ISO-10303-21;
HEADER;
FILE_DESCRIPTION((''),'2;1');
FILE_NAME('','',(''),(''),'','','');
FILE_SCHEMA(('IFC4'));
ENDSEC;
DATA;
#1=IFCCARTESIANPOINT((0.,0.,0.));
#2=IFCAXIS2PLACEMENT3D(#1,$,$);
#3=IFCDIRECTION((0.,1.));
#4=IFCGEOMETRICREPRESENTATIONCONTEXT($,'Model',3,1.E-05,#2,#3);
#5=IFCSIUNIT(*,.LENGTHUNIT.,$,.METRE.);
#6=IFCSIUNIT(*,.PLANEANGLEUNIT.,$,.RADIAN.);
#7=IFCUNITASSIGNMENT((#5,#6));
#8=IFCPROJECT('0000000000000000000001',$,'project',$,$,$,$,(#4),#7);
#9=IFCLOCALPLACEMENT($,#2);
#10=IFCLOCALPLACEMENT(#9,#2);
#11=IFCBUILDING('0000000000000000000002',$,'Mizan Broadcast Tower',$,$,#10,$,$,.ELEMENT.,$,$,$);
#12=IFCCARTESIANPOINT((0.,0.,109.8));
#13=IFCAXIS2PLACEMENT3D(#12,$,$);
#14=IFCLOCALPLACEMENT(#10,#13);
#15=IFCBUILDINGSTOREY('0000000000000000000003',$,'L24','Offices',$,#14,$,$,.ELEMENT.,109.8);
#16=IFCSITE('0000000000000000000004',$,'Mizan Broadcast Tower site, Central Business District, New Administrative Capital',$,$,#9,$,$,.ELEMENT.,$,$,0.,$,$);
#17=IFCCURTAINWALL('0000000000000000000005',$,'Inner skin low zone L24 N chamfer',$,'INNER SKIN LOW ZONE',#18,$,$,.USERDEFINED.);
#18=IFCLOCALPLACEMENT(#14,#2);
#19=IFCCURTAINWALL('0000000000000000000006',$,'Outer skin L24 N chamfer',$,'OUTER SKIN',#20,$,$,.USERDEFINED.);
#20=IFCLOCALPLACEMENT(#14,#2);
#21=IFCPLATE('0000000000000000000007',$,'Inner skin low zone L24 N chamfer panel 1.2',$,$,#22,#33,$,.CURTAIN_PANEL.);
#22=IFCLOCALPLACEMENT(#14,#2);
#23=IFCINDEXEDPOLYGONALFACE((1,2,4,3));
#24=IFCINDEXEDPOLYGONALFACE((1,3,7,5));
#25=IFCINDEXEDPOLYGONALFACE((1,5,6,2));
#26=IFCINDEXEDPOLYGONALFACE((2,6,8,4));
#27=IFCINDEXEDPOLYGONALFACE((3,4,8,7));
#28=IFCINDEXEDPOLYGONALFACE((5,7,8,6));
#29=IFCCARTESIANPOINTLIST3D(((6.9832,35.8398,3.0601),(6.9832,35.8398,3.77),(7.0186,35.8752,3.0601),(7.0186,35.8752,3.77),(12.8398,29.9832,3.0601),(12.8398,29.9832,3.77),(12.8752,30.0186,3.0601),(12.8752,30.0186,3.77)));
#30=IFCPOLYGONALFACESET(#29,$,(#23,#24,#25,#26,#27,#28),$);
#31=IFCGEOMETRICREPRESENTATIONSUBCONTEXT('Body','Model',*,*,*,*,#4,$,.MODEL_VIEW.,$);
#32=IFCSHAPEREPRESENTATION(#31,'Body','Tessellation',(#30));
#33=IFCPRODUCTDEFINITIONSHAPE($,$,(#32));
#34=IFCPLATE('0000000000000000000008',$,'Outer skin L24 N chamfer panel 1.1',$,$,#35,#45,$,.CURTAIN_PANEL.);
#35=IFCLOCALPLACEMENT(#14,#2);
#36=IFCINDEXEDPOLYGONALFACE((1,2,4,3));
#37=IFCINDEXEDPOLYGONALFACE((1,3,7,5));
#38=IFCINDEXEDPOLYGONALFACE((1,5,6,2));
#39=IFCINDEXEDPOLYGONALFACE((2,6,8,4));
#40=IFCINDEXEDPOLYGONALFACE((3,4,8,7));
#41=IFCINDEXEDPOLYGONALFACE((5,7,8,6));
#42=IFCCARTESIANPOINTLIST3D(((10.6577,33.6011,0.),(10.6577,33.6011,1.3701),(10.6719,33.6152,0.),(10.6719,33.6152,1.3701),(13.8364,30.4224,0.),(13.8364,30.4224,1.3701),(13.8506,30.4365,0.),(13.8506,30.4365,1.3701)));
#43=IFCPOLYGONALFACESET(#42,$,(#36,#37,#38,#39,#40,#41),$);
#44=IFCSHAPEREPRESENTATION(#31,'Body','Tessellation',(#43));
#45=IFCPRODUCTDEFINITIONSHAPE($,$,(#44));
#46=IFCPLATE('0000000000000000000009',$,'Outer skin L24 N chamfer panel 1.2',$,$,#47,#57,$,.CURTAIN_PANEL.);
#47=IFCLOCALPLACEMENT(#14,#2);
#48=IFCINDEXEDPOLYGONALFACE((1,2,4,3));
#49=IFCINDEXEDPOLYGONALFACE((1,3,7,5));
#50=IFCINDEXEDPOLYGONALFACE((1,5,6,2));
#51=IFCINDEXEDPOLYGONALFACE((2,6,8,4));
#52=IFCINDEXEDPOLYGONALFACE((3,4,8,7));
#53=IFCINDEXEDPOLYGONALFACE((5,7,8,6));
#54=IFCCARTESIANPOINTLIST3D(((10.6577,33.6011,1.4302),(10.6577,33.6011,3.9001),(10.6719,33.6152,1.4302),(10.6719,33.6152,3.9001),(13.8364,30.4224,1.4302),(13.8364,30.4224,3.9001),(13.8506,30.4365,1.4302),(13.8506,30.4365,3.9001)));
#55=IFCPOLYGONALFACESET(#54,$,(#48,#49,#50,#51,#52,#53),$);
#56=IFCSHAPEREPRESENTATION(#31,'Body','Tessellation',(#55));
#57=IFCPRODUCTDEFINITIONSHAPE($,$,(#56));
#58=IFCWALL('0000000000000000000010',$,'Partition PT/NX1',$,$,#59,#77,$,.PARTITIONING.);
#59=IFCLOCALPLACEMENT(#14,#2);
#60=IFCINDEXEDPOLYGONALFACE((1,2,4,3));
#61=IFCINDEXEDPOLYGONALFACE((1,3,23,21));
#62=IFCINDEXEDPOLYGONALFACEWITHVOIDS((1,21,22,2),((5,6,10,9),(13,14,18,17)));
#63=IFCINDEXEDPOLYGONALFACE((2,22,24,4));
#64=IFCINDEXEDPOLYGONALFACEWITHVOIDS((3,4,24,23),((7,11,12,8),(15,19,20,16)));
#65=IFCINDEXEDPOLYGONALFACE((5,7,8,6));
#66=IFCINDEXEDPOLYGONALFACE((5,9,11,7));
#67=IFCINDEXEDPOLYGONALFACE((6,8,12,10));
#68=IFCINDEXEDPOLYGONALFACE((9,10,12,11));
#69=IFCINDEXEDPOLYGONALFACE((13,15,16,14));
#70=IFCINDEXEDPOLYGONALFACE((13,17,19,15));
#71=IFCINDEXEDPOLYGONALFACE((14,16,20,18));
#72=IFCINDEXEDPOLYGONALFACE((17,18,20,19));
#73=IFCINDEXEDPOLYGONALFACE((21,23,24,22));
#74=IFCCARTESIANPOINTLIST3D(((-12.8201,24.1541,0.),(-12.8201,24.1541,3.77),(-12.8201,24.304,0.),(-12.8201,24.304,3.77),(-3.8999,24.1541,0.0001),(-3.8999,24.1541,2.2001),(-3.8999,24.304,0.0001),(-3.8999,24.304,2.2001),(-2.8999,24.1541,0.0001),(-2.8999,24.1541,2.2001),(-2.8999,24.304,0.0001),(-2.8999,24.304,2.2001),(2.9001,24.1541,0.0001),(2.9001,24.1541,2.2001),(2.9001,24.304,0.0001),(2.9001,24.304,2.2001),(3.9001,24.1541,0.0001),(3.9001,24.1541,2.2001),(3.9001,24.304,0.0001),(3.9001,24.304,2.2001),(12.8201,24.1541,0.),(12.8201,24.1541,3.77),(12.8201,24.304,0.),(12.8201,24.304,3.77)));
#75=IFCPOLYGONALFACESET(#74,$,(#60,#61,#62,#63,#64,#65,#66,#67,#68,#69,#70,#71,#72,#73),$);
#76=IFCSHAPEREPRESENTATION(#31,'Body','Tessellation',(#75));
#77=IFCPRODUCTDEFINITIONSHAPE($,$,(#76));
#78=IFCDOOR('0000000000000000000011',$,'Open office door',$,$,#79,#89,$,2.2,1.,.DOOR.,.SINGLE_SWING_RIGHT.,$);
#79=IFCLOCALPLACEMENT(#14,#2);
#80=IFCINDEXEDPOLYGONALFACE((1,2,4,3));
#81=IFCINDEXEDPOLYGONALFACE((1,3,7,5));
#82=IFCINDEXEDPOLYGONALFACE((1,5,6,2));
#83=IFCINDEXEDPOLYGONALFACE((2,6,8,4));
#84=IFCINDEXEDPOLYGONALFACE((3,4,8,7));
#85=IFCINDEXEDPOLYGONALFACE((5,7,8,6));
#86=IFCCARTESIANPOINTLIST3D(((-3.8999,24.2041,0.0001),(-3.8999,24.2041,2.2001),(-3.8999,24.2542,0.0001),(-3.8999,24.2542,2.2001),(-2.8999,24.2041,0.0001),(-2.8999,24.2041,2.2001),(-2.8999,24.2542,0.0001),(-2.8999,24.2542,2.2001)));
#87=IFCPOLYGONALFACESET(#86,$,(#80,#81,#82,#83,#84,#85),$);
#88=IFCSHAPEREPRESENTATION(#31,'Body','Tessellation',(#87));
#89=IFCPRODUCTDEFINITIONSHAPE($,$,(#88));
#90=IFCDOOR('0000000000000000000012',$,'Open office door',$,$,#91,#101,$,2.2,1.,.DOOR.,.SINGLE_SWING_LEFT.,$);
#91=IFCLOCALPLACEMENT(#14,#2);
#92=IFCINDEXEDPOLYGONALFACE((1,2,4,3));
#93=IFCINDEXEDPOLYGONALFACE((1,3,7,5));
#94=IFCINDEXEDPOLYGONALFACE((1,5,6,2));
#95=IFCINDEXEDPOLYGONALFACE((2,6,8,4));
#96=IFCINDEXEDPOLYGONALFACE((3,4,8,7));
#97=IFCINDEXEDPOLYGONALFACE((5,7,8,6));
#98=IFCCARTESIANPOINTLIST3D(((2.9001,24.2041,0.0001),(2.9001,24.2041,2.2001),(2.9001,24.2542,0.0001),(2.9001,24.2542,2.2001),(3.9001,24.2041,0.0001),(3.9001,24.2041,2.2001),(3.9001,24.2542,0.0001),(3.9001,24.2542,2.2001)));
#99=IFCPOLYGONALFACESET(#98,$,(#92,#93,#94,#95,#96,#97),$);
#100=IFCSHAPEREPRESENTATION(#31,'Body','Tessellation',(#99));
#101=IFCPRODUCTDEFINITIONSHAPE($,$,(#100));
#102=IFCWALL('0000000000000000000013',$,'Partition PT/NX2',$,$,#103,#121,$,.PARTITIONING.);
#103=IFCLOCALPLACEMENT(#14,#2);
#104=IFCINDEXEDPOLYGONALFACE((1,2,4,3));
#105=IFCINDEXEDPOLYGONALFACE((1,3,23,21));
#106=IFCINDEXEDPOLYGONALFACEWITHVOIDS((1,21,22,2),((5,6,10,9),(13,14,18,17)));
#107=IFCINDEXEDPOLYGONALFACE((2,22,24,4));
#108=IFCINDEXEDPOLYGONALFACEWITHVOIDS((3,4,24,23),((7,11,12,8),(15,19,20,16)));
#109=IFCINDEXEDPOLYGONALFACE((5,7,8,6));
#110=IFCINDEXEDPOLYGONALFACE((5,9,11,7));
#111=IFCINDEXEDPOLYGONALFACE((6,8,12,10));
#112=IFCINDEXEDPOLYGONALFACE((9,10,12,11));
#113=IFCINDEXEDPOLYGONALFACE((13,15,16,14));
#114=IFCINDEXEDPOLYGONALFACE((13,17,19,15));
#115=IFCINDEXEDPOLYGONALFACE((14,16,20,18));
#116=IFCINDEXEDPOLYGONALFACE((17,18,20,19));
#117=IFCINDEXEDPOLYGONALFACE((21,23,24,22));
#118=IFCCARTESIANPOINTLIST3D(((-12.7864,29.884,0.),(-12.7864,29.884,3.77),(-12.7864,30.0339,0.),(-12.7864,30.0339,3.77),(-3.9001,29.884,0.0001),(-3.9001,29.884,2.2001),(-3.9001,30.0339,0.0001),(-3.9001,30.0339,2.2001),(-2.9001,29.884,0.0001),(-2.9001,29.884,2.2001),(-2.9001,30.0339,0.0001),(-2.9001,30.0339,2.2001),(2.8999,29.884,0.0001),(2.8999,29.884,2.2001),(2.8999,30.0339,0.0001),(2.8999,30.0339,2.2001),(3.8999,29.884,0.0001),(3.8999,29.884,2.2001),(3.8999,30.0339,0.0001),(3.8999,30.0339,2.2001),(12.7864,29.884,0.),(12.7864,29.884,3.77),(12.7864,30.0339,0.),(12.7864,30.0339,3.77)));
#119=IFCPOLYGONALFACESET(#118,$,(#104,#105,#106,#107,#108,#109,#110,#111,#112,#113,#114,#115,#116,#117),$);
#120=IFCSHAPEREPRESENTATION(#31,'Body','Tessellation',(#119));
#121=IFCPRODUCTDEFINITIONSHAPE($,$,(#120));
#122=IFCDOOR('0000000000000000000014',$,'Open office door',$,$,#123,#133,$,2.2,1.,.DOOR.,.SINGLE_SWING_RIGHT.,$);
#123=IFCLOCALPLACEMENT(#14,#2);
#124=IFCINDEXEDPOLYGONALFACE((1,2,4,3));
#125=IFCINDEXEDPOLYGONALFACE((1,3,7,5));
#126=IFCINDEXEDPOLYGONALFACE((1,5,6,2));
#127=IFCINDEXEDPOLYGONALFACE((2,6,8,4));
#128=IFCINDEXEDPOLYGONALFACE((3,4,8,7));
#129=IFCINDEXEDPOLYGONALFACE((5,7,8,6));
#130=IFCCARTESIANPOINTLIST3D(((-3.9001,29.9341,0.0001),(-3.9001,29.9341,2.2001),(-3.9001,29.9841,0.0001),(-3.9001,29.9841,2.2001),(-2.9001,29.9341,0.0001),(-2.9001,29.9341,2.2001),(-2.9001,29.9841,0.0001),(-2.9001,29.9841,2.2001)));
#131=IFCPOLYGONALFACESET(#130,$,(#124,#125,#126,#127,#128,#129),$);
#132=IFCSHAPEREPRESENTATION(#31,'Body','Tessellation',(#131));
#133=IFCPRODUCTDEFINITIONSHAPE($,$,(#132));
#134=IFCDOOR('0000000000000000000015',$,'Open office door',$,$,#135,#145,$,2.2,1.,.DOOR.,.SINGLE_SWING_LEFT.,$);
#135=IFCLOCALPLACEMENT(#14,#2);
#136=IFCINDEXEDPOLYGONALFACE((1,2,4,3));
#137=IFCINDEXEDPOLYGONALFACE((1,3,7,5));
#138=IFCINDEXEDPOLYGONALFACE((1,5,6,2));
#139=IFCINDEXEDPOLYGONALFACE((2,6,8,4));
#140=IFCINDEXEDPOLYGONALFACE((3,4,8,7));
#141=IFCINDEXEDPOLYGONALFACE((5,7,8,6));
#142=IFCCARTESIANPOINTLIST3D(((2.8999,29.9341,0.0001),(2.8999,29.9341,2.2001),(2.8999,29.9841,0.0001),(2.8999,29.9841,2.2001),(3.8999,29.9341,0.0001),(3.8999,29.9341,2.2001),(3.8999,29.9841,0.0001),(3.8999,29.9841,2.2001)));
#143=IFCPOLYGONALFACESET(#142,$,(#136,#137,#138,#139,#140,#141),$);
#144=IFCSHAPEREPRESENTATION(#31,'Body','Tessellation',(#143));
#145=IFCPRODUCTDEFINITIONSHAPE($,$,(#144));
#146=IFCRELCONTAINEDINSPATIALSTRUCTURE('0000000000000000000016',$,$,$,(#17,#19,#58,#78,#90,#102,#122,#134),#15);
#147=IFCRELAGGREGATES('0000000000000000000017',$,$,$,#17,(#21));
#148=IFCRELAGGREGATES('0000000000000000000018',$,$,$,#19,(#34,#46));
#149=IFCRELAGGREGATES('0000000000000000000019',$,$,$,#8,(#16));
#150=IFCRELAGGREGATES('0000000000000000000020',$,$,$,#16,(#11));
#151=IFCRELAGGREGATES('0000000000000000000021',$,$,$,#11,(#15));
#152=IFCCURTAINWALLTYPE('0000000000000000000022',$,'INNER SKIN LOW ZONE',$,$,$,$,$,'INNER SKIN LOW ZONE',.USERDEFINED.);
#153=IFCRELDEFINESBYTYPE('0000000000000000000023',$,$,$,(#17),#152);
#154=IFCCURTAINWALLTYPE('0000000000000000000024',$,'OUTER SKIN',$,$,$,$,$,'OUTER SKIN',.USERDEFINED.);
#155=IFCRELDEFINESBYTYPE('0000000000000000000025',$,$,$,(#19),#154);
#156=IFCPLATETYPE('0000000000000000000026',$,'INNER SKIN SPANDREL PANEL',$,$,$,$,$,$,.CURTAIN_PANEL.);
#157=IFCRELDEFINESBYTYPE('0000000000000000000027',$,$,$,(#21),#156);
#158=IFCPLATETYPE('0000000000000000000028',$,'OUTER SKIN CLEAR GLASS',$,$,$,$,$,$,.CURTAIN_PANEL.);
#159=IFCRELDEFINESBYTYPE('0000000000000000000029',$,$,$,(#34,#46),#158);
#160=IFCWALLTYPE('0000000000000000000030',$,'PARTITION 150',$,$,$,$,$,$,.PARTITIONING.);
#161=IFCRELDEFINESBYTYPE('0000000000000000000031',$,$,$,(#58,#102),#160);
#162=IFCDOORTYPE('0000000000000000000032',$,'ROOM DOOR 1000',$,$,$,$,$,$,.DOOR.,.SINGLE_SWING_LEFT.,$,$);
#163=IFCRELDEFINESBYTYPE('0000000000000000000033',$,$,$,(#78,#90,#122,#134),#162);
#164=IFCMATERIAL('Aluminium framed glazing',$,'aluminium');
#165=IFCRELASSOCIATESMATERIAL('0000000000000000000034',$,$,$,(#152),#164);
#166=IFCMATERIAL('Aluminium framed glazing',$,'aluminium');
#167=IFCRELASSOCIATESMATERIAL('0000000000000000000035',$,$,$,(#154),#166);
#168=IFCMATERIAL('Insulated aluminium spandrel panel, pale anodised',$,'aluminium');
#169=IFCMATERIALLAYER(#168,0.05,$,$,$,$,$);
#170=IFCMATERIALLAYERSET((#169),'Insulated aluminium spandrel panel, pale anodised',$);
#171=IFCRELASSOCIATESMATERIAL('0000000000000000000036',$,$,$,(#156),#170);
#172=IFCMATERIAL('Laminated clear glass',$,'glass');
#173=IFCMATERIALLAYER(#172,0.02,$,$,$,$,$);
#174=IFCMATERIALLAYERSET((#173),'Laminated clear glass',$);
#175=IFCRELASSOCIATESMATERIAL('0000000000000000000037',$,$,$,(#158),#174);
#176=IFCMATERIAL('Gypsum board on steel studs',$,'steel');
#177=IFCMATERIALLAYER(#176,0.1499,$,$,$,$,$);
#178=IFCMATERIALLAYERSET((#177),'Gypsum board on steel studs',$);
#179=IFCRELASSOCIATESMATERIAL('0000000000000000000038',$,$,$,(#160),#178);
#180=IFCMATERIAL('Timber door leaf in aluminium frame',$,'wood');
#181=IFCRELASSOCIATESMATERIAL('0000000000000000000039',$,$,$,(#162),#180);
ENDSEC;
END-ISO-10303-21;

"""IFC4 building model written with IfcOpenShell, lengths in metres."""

from ifc_helpers import new_model, si_unit, direction, frame, frame_2d, origin, origin_2d, place, context, subcontext, project, spatial, rectangle, extrude, material, layer, layer_set, type_object, element, fill, aggregate, save


model = new_model("IFC4")

# Units and contexts
model_context = context("Model", 3, precision=1e-05, world=origin(), true_north=direction((0.0, 1.0)))
body_context = subcontext(model_context, "Body", "Model", "MODEL_VIEW")
ifc_project = project(units=[si_unit("LENGTHUNIT", "METRE"), si_unit("PLANEANGLEUNIT", "RADIAN")], contexts=[model_context])

# Site, building, storey
site_placement = place(None, origin())
site = spatial("IfcSite", under=ifc_project, at=site_placement, Name="Mizan Broadcast Tower site, Central Business District, New Administrative Capital", CompositionType="ELEMENT", RefElevation=0.0)
building_placement = place(site_placement, origin())
building = spatial("IfcBuilding", under=site, at=building_placement, Name="Mizan Broadcast Tower", CompositionType="ELEMENT")
storey_placement = place(building_placement, frame((0.0, 0.0, 109.8)))
storey = spatial("IfcBuildingStorey", under=building, at=storey_placement, Name="L24", Description="Offices", CompositionType="ELEMENT", Elevation=109.8)

# Shared definitions
ifc_material_1 = material(Name="Aluminium framed glazing", Category="aluminium")
curtain_wall_type_1 = type_object("IfcCurtainWallType", Name="INNER SKIN LOW ZONE", ElementType="INNER SKIN LOW ZONE", PredefinedType="USERDEFINED", material=ifc_material_1)

# Curtain wall
curtain_wall_1_placement = place(storey_placement, origin())
curtain_wall_1 = element("IfcCurtainWall", 1, at=curtain_wall_1_placement, inside=storey, type_object=curtain_wall_type_1, Name="Inner skin low zone L24 N chamfer", ObjectType="INNER SKIN LOW ZONE", PredefinedType="USERDEFINED")

# Curtain wall
ifc_material_2 = material(Name="Aluminium framed glazing", Category="aluminium")
curtain_wall_type_2 = type_object("IfcCurtainWallType", Name="OUTER SKIN", ElementType="OUTER SKIN", PredefinedType="USERDEFINED", material=ifc_material_2)
curtain_wall_2_placement = place(storey_placement, origin())
curtain_wall_2 = element("IfcCurtainWall", 2, at=curtain_wall_2_placement, inside=storey, type_object=curtain_wall_type_2, Name="Outer skin L24 N chamfer", ObjectType="OUTER SKIN", PredefinedType="USERDEFINED")

# Plates
ifc_material_3 = material(Name="Insulated aluminium spandrel panel, pale anodised", Category="aluminium")
ifc_layer_1 = layer(ifc_material_3, 0.05)
ifc_layer_set_1 = layer_set([ifc_layer_1], Name="Insulated aluminium spandrel panel, pale anodised")
plate_type_1 = type_object("IfcPlateType", Name="INNER SKIN SPANDREL PANEL", PredefinedType="CURTAIN_PANEL", material=ifc_layer_set_1)
plate_1_placement = place(storey_placement, frame((9.9292, 32.9292, 3.0601), z_axis=(0.0, 0.0, 1.0), x_axis=(-0.707107, 0.707107, 0.0)))
plate_1 = element("IfcPlate", 3, at=plate_1_placement, type_object=plate_type_1, Name="Inner skin low zone L24 N chamfer panel 1.2", PredefinedType="CURTAIN_PANEL", context=body_context, shape_type="SweptSolid", body=[
    extrude(rectangle(XDim=8.2825, YDim=0.05, at=origin_2d()), origin(), (0.0, 0.0, 1.0), 0.71),
])
aggregate(curtain_wall_1, [plate_1])
ifc_material_4 = material(Name="Laminated clear glass", Category="glass")
ifc_layer_2 = layer(ifc_material_4, 0.02)
ifc_layer_set_2 = layer_set([ifc_layer_2], Name="Laminated clear glass")
plate_type_2 = type_object("IfcPlateType", Name="OUTER SKIN CLEAR GLASS", PredefinedType="CURTAIN_PANEL", material=ifc_layer_set_2)
plate_2_placement = place(storey_placement, frame((12.2542, 32.0188, 0.0), z_axis=(0.0, 0.0, 1.0), x_axis=(-0.707107, 0.707107, 0.0)))
plate_2 = element("IfcPlate", 4, at=plate_2_placement, type_object=plate_type_2, Name="Outer skin L24 N chamfer panel 1.1", PredefinedType="CURTAIN_PANEL", context=body_context, shape_type="SweptSolid", body=[
    extrude(rectangle(XDim=4.4954, YDim=0.02, at=origin_2d()), origin(), (0.0, 0.0, 1.0), 1.3701),
])
plate_3_placement = place(storey_placement, frame((12.2542, 32.0188, 1.4302), z_axis=(0.0, 0.0, 1.0), x_axis=(-0.707107, 0.707107, 0.0)))
plate_3 = element("IfcPlate", 5, at=plate_3_placement, type_object=plate_type_2, Name="Outer skin L24 N chamfer panel 1.2", PredefinedType="CURTAIN_PANEL", context=body_context, shape_type="SweptSolid", body=[
    extrude(rectangle(XDim=4.4954, YDim=0.02, at=origin_2d()), origin(), (0.0, 0.0, 1.0), 2.47),
])
aggregate(curtain_wall_2, [plate_2, plate_3])

# Walls, openings, doors
ifc_material_5 = material(Name="Gypsum board on steel studs", Category="steel")
ifc_layer_3 = layer(ifc_material_5, 0.1499)
ifc_layer_set_3 = layer_set([ifc_layer_3], Name="Gypsum board on steel studs")
wall_type = type_object("IfcWallType", Name="PARTITION 150", PredefinedType="PARTITIONING", material=ifc_layer_set_3)
wall_1_placement = place(storey_placement, frame((12.8201, 24.229, 0.0), z_axis=(0.0, 0.0, 1.0), x_axis=(-1.0, 0.0, 0.0)))
wall_1 = element("IfcWall", 6, at=wall_1_placement, inside=storey, type_object=wall_type, Name="Partition PT/NX1", PredefinedType="PARTITIONING", context=body_context, shape_type="SweptSolid", body=[
    extrude(rectangle(XDim=25.6401, YDim=0.1499, at=frame_2d((12.8201, 0.0))), origin(), (0.0, 0.0, 1.0), 3.77),
])
opening_1_placement = place(wall_1_placement, frame((15.72, 0.0, 0.0)))
opening_1 = element("IfcOpeningElement", 7, at=opening_1_placement, cuts=wall_1, PredefinedType="OPENING", context=body_context, shape_type="SweptSolid", body=[
    extrude(rectangle(XDim=1.0, YDim=2.2, at=frame_2d((0.5, 1.1001))), frame((0.0, 0.085, 0.0), z_axis=(0.0, -1.0, 0.0), x_axis=(1.0, 0.0, 0.0)), (0.0, 0.0, 1.0), 0.1699),
])
opening_2_placement = place(wall_1_placement, frame((8.9199, 0.0, 0.0)))
opening_2 = element("IfcOpeningElement", 8, at=opening_2_placement, cuts=wall_1, PredefinedType="OPENING", context=body_context, shape_type="SweptSolid", body=[
    extrude(rectangle(XDim=1.0, YDim=2.2, at=frame_2d((0.5, 1.1001))), frame((0.0, 0.085, 0.0), z_axis=(0.0, -1.0, 0.0), x_axis=(1.0, 0.0, 0.0)), (0.0, 0.0, 1.0), 0.1699),
])
ifc_material_6 = material(Name="Timber door leaf in aluminium frame", Category="wood")
door_type = type_object("IfcDoorType", Name="ROOM DOOR 1000", OperationType="SINGLE_SWING_LEFT", PredefinedType="DOOR", material=ifc_material_6)
door_1_placement = place(opening_1_placement, origin())
door_1 = element("IfcDoor", 9, at=door_1_placement, inside=storey, type_object=door_type, Name="Open office door", OperationType="SINGLE_SWING_RIGHT", OverallHeight=2.2, OverallWidth=1.0, PredefinedType="DOOR", context=body_context, shape_type="SweptSolid", body=[
    extrude(rectangle(XDim=1.0, YDim=2.2, at=frame_2d((0.5, 1.1001))), frame((0.0, 0.0249, 0.0), z_axis=(0.0, -1.0, 0.0), x_axis=(1.0, 0.0, 0.0)), (0.0, 0.0, 1.0), 0.05),
])
fill(opening_1, door_1)
door_2_placement = place(opening_2_placement, origin())
door_2 = element("IfcDoor", 10, at=door_2_placement, inside=storey, type_object=door_type, Name="Open office door", OperationType="SINGLE_SWING_LEFT", OverallHeight=2.2, OverallWidth=1.0, PredefinedType="DOOR", context=body_context, shape_type="SweptSolid", body=[
    extrude(rectangle(XDim=1.0, YDim=2.2, at=frame_2d((0.5, 1.1001))), frame((0.0, 0.0249, 0.0), z_axis=(0.0, -1.0, 0.0), x_axis=(1.0, 0.0, 0.0)), (0.0, 0.0, 1.0), 0.05),
])
fill(opening_2, door_2)
wall_2_placement = place(storey_placement, frame((12.7864, 29.959, 0.0), z_axis=(0.0, 0.0, 1.0), x_axis=(-1.0, 0.0, 0.0)))
wall_2 = element("IfcWall", 11, at=wall_2_placement, inside=storey, type_object=wall_type, Name="Partition PT/NX2", PredefinedType="PARTITIONING", context=body_context, shape_type="SweptSolid", body=[
    extrude(rectangle(XDim=25.5728, YDim=0.1499, at=frame_2d((12.7864, 0.0))), origin(), (0.0, 0.0, 1.0), 3.77),
])
opening_3_placement = place(wall_2_placement, frame((15.6865, 0.0, 0.0)))
opening_3 = element("IfcOpeningElement", 12, at=opening_3_placement, cuts=wall_2, PredefinedType="OPENING", context=body_context, shape_type="SweptSolid", body=[
    extrude(rectangle(XDim=1.0, YDim=2.2, at=frame_2d((0.5, 1.1001))), frame((0.0, 0.085, 0.0), z_axis=(0.0, -1.0, 0.0), x_axis=(1.0, 0.0, 0.0)), (0.0, 0.0, 1.0), 0.1699),
])
opening_4_placement = place(wall_2_placement, frame((8.8865, 0.0, 0.0)))
opening_4 = element("IfcOpeningElement", 13, at=opening_4_placement, cuts=wall_2, PredefinedType="OPENING", context=body_context, shape_type="SweptSolid", body=[
    extrude(rectangle(XDim=1.0, YDim=2.2, at=frame_2d((0.5, 1.1001))), frame((0.0, 0.085, 0.0), z_axis=(0.0, -1.0, 0.0), x_axis=(1.0, 0.0, 0.0)), (0.0, 0.0, 1.0), 0.1699),
])
door_3_placement = place(opening_3_placement, origin())
door_3 = element("IfcDoor", 14, at=door_3_placement, inside=storey, type_object=door_type, Name="Open office door", OperationType="SINGLE_SWING_RIGHT", OverallHeight=2.2, OverallWidth=1.0, PredefinedType="DOOR", context=body_context, shape_type="SweptSolid", body=[
    extrude(rectangle(XDim=1.0, YDim=2.2, at=frame_2d((0.5, 1.1001))), frame((0.0, 0.0249, 0.0), z_axis=(0.0, -1.0, 0.0), x_axis=(1.0, 0.0, 0.0)), (0.0, 0.0, 1.0), 0.05),
])
fill(opening_3, door_3)
door_4_placement = place(opening_4_placement, origin())
door_4 = element("IfcDoor", 15, at=door_4_placement, inside=storey, type_object=door_type, Name="Open office door", OperationType="SINGLE_SWING_LEFT", OverallHeight=2.2, OverallWidth=1.0, PredefinedType="DOOR", context=body_context, shape_type="SweptSolid", body=[
    extrude(rectangle(XDim=1.0, YDim=2.2, at=frame_2d((0.5, 1.1001))), frame((0.0, 0.0249, 0.0), z_axis=(0.0, -1.0, 0.0), x_axis=(1.0, 0.0, 0.0)), (0.0, 0.0, 1.0), 0.05),
])
fill(opening_4, door_4)

save(model, "model.ifc")
